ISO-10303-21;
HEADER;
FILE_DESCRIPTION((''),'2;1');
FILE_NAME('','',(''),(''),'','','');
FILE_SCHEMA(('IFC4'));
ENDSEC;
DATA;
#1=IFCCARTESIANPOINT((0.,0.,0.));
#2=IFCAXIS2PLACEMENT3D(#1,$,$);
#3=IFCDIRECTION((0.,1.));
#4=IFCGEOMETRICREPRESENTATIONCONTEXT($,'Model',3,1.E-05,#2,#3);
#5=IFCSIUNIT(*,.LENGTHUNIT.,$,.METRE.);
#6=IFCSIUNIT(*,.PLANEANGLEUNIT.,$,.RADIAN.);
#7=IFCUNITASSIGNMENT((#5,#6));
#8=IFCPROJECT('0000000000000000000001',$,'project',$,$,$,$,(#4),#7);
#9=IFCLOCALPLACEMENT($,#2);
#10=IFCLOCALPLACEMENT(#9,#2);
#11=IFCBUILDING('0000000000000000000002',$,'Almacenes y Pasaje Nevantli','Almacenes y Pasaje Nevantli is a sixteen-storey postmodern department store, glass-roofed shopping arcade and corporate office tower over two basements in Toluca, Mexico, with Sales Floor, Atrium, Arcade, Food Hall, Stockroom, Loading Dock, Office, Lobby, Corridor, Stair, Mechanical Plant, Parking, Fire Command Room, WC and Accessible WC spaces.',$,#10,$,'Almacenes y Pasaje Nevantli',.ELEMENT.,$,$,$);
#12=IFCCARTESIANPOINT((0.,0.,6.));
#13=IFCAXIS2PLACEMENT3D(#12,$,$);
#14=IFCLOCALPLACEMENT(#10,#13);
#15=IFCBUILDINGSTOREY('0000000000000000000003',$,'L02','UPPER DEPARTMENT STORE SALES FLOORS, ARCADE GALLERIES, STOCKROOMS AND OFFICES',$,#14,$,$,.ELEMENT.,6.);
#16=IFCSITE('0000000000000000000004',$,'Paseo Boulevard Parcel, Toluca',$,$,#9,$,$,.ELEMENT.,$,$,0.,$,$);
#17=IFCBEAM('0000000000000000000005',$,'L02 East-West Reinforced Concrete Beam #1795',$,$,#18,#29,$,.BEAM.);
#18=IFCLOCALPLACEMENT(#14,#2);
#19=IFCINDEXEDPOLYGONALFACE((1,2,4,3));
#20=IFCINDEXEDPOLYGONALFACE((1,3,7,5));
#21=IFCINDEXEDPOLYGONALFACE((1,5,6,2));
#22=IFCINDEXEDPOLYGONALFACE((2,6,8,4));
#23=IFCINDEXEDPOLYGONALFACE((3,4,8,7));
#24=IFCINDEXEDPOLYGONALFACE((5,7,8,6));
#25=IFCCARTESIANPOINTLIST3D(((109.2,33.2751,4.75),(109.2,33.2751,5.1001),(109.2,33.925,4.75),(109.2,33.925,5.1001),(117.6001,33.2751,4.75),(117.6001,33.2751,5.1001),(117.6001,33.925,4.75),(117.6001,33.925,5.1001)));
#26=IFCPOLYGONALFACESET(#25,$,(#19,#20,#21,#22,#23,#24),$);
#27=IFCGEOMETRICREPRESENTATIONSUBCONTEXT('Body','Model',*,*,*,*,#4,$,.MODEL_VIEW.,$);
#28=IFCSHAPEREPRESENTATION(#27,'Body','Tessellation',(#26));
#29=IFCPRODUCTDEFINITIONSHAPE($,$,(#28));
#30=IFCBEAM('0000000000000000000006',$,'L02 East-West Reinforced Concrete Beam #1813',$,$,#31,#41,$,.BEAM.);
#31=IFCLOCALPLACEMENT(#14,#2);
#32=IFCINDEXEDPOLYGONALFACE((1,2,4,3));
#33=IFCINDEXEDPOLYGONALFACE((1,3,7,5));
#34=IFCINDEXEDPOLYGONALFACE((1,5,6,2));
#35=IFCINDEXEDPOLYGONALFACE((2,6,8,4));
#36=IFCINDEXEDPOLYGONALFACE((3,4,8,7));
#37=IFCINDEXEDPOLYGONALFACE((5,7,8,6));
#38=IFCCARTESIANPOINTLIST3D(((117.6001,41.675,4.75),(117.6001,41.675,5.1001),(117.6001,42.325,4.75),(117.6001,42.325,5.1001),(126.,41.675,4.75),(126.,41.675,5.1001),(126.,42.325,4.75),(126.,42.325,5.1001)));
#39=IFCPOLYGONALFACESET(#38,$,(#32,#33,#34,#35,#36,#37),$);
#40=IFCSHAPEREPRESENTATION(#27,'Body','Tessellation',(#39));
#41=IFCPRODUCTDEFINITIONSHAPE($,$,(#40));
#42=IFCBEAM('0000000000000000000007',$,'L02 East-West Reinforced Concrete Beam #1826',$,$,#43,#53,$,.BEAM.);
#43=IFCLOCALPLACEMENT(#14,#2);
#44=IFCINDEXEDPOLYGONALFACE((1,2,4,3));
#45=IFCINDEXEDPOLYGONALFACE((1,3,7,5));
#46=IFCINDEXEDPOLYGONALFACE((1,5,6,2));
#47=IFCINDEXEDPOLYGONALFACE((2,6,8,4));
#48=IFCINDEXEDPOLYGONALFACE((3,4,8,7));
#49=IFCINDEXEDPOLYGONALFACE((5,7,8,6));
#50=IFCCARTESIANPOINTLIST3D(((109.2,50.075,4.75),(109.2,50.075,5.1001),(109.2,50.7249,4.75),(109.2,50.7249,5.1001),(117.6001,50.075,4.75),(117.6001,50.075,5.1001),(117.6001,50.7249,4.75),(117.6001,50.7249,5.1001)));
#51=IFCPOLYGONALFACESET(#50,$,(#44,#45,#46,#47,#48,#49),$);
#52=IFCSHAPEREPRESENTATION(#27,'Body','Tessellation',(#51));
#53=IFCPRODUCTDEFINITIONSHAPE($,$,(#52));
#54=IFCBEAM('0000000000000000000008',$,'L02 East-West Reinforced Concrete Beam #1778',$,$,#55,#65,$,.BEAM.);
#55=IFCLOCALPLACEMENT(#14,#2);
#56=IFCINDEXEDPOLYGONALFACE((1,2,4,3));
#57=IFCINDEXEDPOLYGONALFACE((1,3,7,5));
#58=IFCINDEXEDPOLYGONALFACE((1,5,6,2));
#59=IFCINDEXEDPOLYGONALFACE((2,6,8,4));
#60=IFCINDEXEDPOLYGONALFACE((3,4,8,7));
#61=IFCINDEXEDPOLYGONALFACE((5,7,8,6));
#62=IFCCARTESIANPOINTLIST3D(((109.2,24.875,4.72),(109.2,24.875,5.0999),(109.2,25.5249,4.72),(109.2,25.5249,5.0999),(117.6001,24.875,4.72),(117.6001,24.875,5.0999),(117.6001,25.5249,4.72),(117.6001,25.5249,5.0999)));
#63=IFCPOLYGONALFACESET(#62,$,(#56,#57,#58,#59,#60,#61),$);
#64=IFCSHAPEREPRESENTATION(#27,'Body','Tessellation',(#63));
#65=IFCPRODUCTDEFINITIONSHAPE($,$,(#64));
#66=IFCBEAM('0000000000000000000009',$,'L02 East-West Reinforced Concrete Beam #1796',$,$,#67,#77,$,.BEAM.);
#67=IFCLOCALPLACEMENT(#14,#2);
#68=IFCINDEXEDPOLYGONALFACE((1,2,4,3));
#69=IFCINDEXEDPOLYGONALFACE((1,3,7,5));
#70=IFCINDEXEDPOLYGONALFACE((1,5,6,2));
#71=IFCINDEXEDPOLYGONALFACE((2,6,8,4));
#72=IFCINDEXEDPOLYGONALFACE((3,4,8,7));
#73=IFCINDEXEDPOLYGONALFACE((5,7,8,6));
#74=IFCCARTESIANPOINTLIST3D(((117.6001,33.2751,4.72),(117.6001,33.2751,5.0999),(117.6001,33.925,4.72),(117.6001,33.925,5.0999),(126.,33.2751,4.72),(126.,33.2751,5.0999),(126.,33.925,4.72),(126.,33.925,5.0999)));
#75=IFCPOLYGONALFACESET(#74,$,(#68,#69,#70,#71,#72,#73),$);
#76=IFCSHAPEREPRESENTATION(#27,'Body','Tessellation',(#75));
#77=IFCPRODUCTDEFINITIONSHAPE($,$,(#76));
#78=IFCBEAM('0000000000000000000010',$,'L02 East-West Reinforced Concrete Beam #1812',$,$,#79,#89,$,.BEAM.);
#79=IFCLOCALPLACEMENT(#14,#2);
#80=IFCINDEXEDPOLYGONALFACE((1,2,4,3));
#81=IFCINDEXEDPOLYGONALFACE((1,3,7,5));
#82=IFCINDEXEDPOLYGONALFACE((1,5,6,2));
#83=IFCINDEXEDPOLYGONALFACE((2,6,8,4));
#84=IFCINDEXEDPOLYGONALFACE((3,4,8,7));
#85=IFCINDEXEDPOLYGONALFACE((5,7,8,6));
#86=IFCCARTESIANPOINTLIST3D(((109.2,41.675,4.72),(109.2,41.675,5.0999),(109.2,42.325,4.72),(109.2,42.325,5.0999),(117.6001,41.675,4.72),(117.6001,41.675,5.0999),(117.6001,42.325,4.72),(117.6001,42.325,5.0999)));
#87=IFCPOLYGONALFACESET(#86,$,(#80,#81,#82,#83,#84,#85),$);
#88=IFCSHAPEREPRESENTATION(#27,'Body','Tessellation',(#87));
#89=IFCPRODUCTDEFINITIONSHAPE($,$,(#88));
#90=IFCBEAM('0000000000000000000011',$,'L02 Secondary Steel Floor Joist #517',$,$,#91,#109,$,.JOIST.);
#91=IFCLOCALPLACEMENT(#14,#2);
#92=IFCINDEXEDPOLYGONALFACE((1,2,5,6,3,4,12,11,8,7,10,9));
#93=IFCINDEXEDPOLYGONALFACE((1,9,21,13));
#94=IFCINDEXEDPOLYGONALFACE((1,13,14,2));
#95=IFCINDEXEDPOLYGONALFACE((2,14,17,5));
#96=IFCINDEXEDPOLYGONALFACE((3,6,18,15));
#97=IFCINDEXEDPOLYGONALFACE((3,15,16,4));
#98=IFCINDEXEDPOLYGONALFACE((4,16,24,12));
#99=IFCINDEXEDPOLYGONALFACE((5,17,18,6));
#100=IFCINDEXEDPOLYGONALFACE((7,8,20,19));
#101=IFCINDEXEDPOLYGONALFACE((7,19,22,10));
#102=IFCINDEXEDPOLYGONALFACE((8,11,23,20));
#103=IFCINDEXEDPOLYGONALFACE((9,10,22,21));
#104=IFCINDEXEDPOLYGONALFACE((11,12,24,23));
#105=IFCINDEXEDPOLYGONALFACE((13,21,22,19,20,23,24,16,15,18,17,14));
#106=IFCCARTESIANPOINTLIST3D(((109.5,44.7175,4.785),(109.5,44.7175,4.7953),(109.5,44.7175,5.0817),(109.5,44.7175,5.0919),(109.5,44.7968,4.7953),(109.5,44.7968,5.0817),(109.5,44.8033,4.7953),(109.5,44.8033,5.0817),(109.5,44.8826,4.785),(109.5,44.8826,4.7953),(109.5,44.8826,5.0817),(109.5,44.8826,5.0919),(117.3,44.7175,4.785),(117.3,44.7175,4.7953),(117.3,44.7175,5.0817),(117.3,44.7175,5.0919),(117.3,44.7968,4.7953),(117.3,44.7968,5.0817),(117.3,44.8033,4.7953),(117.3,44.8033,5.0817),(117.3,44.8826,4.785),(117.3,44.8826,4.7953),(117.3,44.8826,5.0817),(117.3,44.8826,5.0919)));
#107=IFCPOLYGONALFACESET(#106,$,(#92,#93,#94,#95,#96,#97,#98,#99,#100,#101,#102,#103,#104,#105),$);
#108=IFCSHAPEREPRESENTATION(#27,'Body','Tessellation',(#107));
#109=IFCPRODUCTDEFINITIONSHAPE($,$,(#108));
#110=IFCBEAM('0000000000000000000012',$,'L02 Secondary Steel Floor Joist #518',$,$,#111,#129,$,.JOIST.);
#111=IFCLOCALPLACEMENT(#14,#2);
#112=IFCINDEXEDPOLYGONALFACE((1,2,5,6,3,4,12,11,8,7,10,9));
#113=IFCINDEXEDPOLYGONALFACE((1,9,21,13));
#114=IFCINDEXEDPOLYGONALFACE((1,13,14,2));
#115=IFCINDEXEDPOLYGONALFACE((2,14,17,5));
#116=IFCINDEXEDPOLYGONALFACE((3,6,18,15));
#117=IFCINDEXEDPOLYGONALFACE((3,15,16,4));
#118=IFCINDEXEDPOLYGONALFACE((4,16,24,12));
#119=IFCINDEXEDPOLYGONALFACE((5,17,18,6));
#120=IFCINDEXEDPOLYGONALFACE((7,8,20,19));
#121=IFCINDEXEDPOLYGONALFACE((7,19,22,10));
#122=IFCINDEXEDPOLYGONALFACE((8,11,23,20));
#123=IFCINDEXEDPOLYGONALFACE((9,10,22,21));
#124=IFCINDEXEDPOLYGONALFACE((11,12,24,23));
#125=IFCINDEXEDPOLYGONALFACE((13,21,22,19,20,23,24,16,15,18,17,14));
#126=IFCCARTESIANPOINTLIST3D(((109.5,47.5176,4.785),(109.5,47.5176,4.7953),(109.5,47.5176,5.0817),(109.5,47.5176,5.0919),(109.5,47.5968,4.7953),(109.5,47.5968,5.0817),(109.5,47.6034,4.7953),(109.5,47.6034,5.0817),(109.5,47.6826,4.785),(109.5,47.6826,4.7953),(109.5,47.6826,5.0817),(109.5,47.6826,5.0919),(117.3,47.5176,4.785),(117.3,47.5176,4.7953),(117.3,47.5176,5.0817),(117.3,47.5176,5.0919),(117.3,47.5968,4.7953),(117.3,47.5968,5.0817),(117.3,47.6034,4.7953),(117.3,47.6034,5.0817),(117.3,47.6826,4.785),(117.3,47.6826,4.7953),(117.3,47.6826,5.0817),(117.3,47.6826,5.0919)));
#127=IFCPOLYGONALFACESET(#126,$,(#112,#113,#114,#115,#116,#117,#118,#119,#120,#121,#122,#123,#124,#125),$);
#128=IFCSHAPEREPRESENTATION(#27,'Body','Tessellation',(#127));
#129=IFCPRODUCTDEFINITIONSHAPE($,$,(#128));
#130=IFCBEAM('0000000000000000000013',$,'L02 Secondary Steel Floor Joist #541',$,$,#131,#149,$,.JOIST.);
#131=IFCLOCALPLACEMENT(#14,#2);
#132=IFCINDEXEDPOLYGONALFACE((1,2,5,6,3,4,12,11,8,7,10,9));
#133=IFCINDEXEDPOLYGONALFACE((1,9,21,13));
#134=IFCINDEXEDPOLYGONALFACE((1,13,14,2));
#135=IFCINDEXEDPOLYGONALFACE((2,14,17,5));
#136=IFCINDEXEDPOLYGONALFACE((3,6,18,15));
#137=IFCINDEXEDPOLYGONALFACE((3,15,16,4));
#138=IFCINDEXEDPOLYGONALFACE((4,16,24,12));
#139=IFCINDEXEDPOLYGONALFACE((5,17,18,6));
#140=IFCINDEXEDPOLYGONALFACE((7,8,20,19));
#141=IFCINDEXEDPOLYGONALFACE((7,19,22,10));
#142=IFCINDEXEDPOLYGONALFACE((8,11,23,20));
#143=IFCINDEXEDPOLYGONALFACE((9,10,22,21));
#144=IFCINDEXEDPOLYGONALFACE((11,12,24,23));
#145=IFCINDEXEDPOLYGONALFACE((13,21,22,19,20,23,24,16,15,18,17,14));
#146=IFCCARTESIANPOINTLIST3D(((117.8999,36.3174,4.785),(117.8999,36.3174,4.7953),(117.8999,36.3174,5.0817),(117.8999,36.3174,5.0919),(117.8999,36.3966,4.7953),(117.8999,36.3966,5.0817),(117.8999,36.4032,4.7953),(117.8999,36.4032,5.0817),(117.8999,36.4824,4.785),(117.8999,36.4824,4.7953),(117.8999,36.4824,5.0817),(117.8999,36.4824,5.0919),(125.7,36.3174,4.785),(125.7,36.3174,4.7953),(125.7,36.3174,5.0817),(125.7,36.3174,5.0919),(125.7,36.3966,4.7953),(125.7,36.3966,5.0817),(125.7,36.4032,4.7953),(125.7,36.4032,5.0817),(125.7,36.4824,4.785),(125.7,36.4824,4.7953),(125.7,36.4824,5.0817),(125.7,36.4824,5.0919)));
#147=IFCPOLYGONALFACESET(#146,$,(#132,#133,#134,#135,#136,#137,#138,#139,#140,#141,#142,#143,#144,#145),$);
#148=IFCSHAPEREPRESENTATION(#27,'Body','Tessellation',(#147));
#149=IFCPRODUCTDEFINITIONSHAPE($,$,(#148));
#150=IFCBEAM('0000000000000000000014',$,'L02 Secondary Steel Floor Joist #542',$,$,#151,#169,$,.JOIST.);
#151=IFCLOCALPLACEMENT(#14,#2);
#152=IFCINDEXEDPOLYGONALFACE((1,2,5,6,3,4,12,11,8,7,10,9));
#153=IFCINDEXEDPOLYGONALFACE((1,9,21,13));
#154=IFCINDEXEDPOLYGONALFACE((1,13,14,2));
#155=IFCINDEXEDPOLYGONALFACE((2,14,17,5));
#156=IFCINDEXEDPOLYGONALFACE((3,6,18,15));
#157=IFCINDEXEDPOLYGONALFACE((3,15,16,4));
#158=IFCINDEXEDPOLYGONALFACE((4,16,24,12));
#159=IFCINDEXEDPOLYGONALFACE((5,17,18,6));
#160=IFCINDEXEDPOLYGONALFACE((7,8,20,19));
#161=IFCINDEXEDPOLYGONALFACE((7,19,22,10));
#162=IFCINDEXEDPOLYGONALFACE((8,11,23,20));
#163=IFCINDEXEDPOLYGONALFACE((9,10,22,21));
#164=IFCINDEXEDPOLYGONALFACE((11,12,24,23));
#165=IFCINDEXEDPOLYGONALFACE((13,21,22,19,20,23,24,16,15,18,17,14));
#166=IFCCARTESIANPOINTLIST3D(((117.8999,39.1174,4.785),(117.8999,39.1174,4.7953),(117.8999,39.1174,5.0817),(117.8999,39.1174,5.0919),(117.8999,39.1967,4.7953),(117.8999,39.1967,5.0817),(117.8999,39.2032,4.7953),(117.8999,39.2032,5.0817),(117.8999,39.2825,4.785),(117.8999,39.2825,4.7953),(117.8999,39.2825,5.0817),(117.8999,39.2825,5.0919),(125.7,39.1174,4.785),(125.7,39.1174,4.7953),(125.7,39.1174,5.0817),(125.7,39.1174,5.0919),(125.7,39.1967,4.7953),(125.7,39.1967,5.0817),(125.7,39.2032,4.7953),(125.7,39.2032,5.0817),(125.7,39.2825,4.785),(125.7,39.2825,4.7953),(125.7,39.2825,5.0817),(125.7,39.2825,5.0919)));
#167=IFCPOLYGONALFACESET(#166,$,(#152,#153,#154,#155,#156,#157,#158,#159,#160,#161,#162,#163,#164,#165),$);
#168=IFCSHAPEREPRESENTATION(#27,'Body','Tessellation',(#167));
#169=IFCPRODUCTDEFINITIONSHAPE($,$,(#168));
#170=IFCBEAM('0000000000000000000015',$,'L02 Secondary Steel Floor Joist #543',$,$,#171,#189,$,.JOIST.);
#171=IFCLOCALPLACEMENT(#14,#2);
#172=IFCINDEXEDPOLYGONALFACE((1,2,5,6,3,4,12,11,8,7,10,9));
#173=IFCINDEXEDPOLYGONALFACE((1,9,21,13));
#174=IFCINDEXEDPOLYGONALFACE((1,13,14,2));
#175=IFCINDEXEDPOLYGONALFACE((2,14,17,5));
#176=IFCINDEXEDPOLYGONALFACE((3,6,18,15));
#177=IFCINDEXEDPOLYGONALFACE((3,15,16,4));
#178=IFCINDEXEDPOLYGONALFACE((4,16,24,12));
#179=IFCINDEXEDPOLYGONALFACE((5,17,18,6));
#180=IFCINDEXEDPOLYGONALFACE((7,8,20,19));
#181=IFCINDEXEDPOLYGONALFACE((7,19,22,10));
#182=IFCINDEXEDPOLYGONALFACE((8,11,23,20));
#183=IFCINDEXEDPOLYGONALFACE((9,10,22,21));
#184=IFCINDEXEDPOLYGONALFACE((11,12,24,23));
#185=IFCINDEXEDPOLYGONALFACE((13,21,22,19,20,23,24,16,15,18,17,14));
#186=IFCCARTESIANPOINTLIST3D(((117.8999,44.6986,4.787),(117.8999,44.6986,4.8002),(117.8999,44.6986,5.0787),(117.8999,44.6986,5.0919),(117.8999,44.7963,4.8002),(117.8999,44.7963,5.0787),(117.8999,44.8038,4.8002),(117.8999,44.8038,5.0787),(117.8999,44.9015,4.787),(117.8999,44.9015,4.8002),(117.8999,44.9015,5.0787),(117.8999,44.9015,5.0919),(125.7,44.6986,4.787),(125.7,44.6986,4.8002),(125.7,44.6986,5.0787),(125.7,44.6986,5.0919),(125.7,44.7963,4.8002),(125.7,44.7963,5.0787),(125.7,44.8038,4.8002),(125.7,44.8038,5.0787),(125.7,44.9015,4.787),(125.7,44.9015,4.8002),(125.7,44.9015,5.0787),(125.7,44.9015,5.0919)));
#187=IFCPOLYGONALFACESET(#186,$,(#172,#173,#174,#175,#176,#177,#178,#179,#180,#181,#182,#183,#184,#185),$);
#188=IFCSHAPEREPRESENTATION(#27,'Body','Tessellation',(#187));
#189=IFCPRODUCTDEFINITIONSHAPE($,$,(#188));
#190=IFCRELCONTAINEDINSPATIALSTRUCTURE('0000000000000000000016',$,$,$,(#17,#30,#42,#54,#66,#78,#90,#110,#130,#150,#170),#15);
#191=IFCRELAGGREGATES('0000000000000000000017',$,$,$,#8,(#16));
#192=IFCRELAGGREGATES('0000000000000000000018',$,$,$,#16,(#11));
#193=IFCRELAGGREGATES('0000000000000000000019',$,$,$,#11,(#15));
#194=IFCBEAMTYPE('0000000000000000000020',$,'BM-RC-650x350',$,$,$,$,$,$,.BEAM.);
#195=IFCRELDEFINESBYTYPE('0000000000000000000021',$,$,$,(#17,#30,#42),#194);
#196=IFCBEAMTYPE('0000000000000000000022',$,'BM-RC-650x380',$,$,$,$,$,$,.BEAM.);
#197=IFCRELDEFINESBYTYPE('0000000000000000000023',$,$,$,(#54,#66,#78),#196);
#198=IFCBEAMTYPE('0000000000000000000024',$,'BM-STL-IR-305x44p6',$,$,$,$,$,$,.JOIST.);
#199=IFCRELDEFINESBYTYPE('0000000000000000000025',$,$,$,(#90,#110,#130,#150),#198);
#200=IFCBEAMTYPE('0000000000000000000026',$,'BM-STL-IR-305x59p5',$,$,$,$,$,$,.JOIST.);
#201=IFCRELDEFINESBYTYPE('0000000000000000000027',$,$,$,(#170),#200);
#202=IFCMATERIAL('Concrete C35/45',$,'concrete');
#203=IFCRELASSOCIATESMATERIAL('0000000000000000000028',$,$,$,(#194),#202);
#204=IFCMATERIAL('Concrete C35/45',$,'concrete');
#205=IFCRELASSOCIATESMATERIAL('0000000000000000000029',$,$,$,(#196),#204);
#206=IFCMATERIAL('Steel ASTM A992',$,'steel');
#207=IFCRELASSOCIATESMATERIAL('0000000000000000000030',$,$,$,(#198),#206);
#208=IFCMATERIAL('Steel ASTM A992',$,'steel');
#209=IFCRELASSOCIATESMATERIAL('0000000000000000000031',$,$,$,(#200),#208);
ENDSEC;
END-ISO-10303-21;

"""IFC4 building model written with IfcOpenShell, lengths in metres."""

from ifc_helpers import new_model, si_unit, direction, frame, origin, origin_2d, place, context, subcontext, project, spatial, rectangle, i_section, extrude, material, material_profile, profile_set, type_object, element, save


model = new_model("IFC4")

# Units and contexts
model_context = context("Model", 3, precision=1e-05, world=origin(), true_north=direction((0.0, 1.0)))
body_context = subcontext(model_context, "Body", "Model", "MODEL_VIEW")
ifc_project = project(units=[si_unit("LENGTHUNIT", "METRE"), si_unit("PLANEANGLEUNIT", "RADIAN")], contexts=[model_context])

# Site, building, storey
site_placement = place(None, origin())
site = spatial("IfcSite", under=ifc_project, at=site_placement, Name="Paseo Boulevard Parcel, Toluca", CompositionType="ELEMENT", RefElevation=0.0)
building_placement = place(site_placement, origin())
building = spatial("IfcBuilding", under=site, at=building_placement, Name="Almacenes y Pasaje Nevantli", Description="Almacenes y Pasaje Nevantli is a sixteen-storey postmodern department store, glass-roofed shopping arcade and corporate office tower over two basements in Toluca, Mexico, with Sales Floor, Atrium, Arcade, Food Hall, Stockroom, Loading Dock, Office, Lobby, Corridor, Stair, Mechanical Plant, Parking, Fire Command Room, WC and Accessible WC spaces.", LongName="Almacenes y Pasaje Nevantli", CompositionType="ELEMENT")
storey_placement = place(building_placement, frame((0.0, 0.0, 6.0)))
storey = spatial("IfcBuildingStorey", under=building, at=storey_placement, Name="L02", Description="UPPER DEPARTMENT STORE SALES FLOORS, ARCADE GALLERIES, STOCKROOMS AND OFFICES", CompositionType="ELEMENT", Elevation=6.0)

# Beams
ifc_material_1 = material(Name="Concrete C35/45", Category="concrete")
ifc_material_profile_1 = material_profile(ifc_material_1, rectangle(XDim=0.6499, YDim=0.3501, at=origin_2d()), Name="RC-BM-650x350")
ifc_profile_set_1 = profile_set([ifc_material_profile_1], Name="Concrete C35/45")
beam_type_1 = type_object("IfcBeamType", Name="BM-RC-650x350", PredefinedType="BEAM", material=ifc_profile_set_1)
beam_1_placement = place(storey_placement, frame((109.2, 33.6001, 4.925), z_axis=(1.0, 0.0, 0.0), x_axis=(0.0, 1.0, 0.0)))
element("IfcBeam", 1, at=beam_1_placement, inside=storey, type_object=beam_type_1, Name="L02 East-West Reinforced Concrete Beam #1795", PredefinedType="BEAM", context=body_context, shape_type="SweptSolid", body=[
    extrude(rectangle(XDim=0.6499, YDim=0.3501, at=origin_2d()), origin(), (0.0, 0.0, 1.0), 8.4001),
])
beam_2_placement = place(storey_placement, frame((117.6001, 42.0, 4.925), z_axis=(1.0, 0.0, 0.0), x_axis=(0.0, 1.0, 0.0)))
element("IfcBeam", 2, at=beam_2_placement, inside=storey, type_object=beam_type_1, Name="L02 East-West Reinforced Concrete Beam #1813", PredefinedType="BEAM", context=body_context, shape_type="SweptSolid", body=[
    extrude(rectangle(XDim=0.6499, YDim=0.3501, at=origin_2d()), origin(), (0.0, 0.0, 1.0), 8.3999),
])
beam_3_placement = place(storey_placement, frame((109.2, 50.3999, 4.925), z_axis=(1.0, 0.0, 0.0), x_axis=(0.0, 1.0, 0.0)))
element("IfcBeam", 3, at=beam_3_placement, inside=storey, type_object=beam_type_1, Name="L02 East-West Reinforced Concrete Beam #1826", PredefinedType="BEAM", context=body_context, shape_type="SweptSolid", body=[
    extrude(rectangle(XDim=0.6499, YDim=0.3501, at=origin_2d()), origin(), (0.0, 0.0, 1.0), 8.4001),
])
ifc_material_2 = material(Name="Concrete C35/45", Category="concrete")
ifc_material_profile_2 = material_profile(ifc_material_2, rectangle(XDim=0.6499, YDim=0.3799, at=origin_2d()), Name="RC-BM-650x380")
ifc_profile_set_2 = profile_set([ifc_material_profile_2], Name="Concrete C35/45")
beam_type_2 = type_object("IfcBeamType", Name="BM-RC-650x380", PredefinedType="BEAM", material=ifc_profile_set_2)
beam_4_placement = place(storey_placement, frame((109.2, 25.2, 4.9099), z_axis=(1.0, 0.0, 0.0), x_axis=(0.0, 1.0, 0.0)))
element("IfcBeam", 4, at=beam_4_placement, inside=storey, type_object=beam_type_2, Name="L02 East-West Reinforced Concrete Beam #1778", PredefinedType="BEAM", context=body_context, shape_type="SweptSolid", body=[
    extrude(rectangle(XDim=0.6499, YDim=0.3799, at=origin_2d()), origin(), (0.0, 0.0, 1.0), 8.4001),
])
beam_5_placement = place(storey_placement, frame((117.6001, 33.6001, 4.9099), z_axis=(1.0, 0.0, 0.0), x_axis=(0.0, 1.0, 0.0)))
element("IfcBeam", 5, at=beam_5_placement, inside=storey, type_object=beam_type_2, Name="L02 East-West Reinforced Concrete Beam #1796", PredefinedType="BEAM", context=body_context, shape_type="SweptSolid", body=[
    extrude(rectangle(XDim=0.6499, YDim=0.3799, at=origin_2d()), origin(), (0.0, 0.0, 1.0), 8.3999),
])
beam_6_placement = place(storey_placement, frame((109.2, 42.0, 4.9099), z_axis=(1.0, 0.0, 0.0), x_axis=(0.0, 1.0, 0.0)))
element("IfcBeam", 6, at=beam_6_placement, inside=storey, type_object=beam_type_2, Name="L02 East-West Reinforced Concrete Beam #1812", PredefinedType="BEAM", context=body_context, shape_type="SweptSolid", body=[
    extrude(rectangle(XDim=0.6499, YDim=0.3799, at=origin_2d()), origin(), (0.0, 0.0, 1.0), 8.4001),
])
ifc_material_3 = material(Name="Steel ASTM A992", Category="steel")
ifc_material_profile_3 = material_profile(ifc_material_3, i_section(OverallWidth=0.165, OverallDepth=0.3069, WebThickness=0.0066, FlangeThickness=0.0103, at=origin_2d()), Name="IR 305x44.6")
ifc_profile_set_3 = profile_set([ifc_material_profile_3], Name="Steel ASTM A992")
beam_type_3 = type_object("IfcBeamType", Name="BM-STL-IR-305x44p6", PredefinedType="JOIST", material=ifc_profile_set_3)
for number, where, z_axis, x_axis, name in (
    (7, (109.5, 44.8, 4.9385), (1.0, 0.0, 0.0), (0.0, 1.0, 0.0), "L02 Secondary Steel Floor Joist #517"),
    (8, (109.5, 47.6001, 4.9385), (1.0, 0.0, 0.0), (0.0, 1.0, 0.0), "L02 Secondary Steel Floor Joist #518"),
    (9, (117.8999, 36.3999, 4.9385), (1.0, 0.0, 0.0), (0.0, 1.0, 0.0), "L02 Secondary Steel Floor Joist #541"),
    (10, (117.8999, 39.2, 4.9385), (1.0, 0.0, 0.0), (0.0, 1.0, 0.0), "L02 Secondary Steel Floor Joist #542"),
):
    element("IfcBeam", number, at=place(storey_placement, frame(where, z_axis=z_axis, x_axis=x_axis)), inside=storey, type_object=beam_type_3, Name=name, PredefinedType="JOIST", context=body_context, shape_type="SweptSolid", body=[
        extrude(i_section(OverallWidth=0.165, OverallDepth=0.3069, WebThickness=0.0066, FlangeThickness=0.0103, at=origin_2d()), origin(), (0.0, 0.0, 1.0), 7.8),
    ])
ifc_material_4 = material(Name="Steel ASTM A992", Category="steel")
ifc_material_profile_4 = material_profile(ifc_material_4, i_section(OverallWidth=0.2029, OverallDepth=0.3049, WebThickness=0.0076, FlangeThickness=0.0132, at=origin_2d()), Name="IR 305x59.5")
ifc_profile_set_4 = profile_set([ifc_material_profile_4], Name="Steel ASTM A992")
beam_type_4 = type_object("IfcBeamType", Name="BM-STL-IR-305x59p5", PredefinedType="JOIST", material=ifc_profile_set_4)
for number, where, z_axis, x_axis, name in (
    (11, (117.8999, 44.8, 4.9395), (1.0, 0.0, 0.0), (0.0, 1.0, 0.0), "L02 Secondary Steel Floor Joist #543"),
):
    element("IfcBeam", number, at=place(storey_placement, frame(where, z_axis=z_axis, x_axis=x_axis)), inside=storey, type_object=beam_type_4, Name=name, PredefinedType="JOIST", context=body_context, shape_type="SweptSolid", body=[
        extrude(i_section(OverallWidth=0.2029, OverallDepth=0.3049, WebThickness=0.0076, FlangeThickness=0.0132, at=origin_2d()), origin(), (0.0, 0.0, 1.0), 7.8),
    ])

save(model, "model.ifc")
